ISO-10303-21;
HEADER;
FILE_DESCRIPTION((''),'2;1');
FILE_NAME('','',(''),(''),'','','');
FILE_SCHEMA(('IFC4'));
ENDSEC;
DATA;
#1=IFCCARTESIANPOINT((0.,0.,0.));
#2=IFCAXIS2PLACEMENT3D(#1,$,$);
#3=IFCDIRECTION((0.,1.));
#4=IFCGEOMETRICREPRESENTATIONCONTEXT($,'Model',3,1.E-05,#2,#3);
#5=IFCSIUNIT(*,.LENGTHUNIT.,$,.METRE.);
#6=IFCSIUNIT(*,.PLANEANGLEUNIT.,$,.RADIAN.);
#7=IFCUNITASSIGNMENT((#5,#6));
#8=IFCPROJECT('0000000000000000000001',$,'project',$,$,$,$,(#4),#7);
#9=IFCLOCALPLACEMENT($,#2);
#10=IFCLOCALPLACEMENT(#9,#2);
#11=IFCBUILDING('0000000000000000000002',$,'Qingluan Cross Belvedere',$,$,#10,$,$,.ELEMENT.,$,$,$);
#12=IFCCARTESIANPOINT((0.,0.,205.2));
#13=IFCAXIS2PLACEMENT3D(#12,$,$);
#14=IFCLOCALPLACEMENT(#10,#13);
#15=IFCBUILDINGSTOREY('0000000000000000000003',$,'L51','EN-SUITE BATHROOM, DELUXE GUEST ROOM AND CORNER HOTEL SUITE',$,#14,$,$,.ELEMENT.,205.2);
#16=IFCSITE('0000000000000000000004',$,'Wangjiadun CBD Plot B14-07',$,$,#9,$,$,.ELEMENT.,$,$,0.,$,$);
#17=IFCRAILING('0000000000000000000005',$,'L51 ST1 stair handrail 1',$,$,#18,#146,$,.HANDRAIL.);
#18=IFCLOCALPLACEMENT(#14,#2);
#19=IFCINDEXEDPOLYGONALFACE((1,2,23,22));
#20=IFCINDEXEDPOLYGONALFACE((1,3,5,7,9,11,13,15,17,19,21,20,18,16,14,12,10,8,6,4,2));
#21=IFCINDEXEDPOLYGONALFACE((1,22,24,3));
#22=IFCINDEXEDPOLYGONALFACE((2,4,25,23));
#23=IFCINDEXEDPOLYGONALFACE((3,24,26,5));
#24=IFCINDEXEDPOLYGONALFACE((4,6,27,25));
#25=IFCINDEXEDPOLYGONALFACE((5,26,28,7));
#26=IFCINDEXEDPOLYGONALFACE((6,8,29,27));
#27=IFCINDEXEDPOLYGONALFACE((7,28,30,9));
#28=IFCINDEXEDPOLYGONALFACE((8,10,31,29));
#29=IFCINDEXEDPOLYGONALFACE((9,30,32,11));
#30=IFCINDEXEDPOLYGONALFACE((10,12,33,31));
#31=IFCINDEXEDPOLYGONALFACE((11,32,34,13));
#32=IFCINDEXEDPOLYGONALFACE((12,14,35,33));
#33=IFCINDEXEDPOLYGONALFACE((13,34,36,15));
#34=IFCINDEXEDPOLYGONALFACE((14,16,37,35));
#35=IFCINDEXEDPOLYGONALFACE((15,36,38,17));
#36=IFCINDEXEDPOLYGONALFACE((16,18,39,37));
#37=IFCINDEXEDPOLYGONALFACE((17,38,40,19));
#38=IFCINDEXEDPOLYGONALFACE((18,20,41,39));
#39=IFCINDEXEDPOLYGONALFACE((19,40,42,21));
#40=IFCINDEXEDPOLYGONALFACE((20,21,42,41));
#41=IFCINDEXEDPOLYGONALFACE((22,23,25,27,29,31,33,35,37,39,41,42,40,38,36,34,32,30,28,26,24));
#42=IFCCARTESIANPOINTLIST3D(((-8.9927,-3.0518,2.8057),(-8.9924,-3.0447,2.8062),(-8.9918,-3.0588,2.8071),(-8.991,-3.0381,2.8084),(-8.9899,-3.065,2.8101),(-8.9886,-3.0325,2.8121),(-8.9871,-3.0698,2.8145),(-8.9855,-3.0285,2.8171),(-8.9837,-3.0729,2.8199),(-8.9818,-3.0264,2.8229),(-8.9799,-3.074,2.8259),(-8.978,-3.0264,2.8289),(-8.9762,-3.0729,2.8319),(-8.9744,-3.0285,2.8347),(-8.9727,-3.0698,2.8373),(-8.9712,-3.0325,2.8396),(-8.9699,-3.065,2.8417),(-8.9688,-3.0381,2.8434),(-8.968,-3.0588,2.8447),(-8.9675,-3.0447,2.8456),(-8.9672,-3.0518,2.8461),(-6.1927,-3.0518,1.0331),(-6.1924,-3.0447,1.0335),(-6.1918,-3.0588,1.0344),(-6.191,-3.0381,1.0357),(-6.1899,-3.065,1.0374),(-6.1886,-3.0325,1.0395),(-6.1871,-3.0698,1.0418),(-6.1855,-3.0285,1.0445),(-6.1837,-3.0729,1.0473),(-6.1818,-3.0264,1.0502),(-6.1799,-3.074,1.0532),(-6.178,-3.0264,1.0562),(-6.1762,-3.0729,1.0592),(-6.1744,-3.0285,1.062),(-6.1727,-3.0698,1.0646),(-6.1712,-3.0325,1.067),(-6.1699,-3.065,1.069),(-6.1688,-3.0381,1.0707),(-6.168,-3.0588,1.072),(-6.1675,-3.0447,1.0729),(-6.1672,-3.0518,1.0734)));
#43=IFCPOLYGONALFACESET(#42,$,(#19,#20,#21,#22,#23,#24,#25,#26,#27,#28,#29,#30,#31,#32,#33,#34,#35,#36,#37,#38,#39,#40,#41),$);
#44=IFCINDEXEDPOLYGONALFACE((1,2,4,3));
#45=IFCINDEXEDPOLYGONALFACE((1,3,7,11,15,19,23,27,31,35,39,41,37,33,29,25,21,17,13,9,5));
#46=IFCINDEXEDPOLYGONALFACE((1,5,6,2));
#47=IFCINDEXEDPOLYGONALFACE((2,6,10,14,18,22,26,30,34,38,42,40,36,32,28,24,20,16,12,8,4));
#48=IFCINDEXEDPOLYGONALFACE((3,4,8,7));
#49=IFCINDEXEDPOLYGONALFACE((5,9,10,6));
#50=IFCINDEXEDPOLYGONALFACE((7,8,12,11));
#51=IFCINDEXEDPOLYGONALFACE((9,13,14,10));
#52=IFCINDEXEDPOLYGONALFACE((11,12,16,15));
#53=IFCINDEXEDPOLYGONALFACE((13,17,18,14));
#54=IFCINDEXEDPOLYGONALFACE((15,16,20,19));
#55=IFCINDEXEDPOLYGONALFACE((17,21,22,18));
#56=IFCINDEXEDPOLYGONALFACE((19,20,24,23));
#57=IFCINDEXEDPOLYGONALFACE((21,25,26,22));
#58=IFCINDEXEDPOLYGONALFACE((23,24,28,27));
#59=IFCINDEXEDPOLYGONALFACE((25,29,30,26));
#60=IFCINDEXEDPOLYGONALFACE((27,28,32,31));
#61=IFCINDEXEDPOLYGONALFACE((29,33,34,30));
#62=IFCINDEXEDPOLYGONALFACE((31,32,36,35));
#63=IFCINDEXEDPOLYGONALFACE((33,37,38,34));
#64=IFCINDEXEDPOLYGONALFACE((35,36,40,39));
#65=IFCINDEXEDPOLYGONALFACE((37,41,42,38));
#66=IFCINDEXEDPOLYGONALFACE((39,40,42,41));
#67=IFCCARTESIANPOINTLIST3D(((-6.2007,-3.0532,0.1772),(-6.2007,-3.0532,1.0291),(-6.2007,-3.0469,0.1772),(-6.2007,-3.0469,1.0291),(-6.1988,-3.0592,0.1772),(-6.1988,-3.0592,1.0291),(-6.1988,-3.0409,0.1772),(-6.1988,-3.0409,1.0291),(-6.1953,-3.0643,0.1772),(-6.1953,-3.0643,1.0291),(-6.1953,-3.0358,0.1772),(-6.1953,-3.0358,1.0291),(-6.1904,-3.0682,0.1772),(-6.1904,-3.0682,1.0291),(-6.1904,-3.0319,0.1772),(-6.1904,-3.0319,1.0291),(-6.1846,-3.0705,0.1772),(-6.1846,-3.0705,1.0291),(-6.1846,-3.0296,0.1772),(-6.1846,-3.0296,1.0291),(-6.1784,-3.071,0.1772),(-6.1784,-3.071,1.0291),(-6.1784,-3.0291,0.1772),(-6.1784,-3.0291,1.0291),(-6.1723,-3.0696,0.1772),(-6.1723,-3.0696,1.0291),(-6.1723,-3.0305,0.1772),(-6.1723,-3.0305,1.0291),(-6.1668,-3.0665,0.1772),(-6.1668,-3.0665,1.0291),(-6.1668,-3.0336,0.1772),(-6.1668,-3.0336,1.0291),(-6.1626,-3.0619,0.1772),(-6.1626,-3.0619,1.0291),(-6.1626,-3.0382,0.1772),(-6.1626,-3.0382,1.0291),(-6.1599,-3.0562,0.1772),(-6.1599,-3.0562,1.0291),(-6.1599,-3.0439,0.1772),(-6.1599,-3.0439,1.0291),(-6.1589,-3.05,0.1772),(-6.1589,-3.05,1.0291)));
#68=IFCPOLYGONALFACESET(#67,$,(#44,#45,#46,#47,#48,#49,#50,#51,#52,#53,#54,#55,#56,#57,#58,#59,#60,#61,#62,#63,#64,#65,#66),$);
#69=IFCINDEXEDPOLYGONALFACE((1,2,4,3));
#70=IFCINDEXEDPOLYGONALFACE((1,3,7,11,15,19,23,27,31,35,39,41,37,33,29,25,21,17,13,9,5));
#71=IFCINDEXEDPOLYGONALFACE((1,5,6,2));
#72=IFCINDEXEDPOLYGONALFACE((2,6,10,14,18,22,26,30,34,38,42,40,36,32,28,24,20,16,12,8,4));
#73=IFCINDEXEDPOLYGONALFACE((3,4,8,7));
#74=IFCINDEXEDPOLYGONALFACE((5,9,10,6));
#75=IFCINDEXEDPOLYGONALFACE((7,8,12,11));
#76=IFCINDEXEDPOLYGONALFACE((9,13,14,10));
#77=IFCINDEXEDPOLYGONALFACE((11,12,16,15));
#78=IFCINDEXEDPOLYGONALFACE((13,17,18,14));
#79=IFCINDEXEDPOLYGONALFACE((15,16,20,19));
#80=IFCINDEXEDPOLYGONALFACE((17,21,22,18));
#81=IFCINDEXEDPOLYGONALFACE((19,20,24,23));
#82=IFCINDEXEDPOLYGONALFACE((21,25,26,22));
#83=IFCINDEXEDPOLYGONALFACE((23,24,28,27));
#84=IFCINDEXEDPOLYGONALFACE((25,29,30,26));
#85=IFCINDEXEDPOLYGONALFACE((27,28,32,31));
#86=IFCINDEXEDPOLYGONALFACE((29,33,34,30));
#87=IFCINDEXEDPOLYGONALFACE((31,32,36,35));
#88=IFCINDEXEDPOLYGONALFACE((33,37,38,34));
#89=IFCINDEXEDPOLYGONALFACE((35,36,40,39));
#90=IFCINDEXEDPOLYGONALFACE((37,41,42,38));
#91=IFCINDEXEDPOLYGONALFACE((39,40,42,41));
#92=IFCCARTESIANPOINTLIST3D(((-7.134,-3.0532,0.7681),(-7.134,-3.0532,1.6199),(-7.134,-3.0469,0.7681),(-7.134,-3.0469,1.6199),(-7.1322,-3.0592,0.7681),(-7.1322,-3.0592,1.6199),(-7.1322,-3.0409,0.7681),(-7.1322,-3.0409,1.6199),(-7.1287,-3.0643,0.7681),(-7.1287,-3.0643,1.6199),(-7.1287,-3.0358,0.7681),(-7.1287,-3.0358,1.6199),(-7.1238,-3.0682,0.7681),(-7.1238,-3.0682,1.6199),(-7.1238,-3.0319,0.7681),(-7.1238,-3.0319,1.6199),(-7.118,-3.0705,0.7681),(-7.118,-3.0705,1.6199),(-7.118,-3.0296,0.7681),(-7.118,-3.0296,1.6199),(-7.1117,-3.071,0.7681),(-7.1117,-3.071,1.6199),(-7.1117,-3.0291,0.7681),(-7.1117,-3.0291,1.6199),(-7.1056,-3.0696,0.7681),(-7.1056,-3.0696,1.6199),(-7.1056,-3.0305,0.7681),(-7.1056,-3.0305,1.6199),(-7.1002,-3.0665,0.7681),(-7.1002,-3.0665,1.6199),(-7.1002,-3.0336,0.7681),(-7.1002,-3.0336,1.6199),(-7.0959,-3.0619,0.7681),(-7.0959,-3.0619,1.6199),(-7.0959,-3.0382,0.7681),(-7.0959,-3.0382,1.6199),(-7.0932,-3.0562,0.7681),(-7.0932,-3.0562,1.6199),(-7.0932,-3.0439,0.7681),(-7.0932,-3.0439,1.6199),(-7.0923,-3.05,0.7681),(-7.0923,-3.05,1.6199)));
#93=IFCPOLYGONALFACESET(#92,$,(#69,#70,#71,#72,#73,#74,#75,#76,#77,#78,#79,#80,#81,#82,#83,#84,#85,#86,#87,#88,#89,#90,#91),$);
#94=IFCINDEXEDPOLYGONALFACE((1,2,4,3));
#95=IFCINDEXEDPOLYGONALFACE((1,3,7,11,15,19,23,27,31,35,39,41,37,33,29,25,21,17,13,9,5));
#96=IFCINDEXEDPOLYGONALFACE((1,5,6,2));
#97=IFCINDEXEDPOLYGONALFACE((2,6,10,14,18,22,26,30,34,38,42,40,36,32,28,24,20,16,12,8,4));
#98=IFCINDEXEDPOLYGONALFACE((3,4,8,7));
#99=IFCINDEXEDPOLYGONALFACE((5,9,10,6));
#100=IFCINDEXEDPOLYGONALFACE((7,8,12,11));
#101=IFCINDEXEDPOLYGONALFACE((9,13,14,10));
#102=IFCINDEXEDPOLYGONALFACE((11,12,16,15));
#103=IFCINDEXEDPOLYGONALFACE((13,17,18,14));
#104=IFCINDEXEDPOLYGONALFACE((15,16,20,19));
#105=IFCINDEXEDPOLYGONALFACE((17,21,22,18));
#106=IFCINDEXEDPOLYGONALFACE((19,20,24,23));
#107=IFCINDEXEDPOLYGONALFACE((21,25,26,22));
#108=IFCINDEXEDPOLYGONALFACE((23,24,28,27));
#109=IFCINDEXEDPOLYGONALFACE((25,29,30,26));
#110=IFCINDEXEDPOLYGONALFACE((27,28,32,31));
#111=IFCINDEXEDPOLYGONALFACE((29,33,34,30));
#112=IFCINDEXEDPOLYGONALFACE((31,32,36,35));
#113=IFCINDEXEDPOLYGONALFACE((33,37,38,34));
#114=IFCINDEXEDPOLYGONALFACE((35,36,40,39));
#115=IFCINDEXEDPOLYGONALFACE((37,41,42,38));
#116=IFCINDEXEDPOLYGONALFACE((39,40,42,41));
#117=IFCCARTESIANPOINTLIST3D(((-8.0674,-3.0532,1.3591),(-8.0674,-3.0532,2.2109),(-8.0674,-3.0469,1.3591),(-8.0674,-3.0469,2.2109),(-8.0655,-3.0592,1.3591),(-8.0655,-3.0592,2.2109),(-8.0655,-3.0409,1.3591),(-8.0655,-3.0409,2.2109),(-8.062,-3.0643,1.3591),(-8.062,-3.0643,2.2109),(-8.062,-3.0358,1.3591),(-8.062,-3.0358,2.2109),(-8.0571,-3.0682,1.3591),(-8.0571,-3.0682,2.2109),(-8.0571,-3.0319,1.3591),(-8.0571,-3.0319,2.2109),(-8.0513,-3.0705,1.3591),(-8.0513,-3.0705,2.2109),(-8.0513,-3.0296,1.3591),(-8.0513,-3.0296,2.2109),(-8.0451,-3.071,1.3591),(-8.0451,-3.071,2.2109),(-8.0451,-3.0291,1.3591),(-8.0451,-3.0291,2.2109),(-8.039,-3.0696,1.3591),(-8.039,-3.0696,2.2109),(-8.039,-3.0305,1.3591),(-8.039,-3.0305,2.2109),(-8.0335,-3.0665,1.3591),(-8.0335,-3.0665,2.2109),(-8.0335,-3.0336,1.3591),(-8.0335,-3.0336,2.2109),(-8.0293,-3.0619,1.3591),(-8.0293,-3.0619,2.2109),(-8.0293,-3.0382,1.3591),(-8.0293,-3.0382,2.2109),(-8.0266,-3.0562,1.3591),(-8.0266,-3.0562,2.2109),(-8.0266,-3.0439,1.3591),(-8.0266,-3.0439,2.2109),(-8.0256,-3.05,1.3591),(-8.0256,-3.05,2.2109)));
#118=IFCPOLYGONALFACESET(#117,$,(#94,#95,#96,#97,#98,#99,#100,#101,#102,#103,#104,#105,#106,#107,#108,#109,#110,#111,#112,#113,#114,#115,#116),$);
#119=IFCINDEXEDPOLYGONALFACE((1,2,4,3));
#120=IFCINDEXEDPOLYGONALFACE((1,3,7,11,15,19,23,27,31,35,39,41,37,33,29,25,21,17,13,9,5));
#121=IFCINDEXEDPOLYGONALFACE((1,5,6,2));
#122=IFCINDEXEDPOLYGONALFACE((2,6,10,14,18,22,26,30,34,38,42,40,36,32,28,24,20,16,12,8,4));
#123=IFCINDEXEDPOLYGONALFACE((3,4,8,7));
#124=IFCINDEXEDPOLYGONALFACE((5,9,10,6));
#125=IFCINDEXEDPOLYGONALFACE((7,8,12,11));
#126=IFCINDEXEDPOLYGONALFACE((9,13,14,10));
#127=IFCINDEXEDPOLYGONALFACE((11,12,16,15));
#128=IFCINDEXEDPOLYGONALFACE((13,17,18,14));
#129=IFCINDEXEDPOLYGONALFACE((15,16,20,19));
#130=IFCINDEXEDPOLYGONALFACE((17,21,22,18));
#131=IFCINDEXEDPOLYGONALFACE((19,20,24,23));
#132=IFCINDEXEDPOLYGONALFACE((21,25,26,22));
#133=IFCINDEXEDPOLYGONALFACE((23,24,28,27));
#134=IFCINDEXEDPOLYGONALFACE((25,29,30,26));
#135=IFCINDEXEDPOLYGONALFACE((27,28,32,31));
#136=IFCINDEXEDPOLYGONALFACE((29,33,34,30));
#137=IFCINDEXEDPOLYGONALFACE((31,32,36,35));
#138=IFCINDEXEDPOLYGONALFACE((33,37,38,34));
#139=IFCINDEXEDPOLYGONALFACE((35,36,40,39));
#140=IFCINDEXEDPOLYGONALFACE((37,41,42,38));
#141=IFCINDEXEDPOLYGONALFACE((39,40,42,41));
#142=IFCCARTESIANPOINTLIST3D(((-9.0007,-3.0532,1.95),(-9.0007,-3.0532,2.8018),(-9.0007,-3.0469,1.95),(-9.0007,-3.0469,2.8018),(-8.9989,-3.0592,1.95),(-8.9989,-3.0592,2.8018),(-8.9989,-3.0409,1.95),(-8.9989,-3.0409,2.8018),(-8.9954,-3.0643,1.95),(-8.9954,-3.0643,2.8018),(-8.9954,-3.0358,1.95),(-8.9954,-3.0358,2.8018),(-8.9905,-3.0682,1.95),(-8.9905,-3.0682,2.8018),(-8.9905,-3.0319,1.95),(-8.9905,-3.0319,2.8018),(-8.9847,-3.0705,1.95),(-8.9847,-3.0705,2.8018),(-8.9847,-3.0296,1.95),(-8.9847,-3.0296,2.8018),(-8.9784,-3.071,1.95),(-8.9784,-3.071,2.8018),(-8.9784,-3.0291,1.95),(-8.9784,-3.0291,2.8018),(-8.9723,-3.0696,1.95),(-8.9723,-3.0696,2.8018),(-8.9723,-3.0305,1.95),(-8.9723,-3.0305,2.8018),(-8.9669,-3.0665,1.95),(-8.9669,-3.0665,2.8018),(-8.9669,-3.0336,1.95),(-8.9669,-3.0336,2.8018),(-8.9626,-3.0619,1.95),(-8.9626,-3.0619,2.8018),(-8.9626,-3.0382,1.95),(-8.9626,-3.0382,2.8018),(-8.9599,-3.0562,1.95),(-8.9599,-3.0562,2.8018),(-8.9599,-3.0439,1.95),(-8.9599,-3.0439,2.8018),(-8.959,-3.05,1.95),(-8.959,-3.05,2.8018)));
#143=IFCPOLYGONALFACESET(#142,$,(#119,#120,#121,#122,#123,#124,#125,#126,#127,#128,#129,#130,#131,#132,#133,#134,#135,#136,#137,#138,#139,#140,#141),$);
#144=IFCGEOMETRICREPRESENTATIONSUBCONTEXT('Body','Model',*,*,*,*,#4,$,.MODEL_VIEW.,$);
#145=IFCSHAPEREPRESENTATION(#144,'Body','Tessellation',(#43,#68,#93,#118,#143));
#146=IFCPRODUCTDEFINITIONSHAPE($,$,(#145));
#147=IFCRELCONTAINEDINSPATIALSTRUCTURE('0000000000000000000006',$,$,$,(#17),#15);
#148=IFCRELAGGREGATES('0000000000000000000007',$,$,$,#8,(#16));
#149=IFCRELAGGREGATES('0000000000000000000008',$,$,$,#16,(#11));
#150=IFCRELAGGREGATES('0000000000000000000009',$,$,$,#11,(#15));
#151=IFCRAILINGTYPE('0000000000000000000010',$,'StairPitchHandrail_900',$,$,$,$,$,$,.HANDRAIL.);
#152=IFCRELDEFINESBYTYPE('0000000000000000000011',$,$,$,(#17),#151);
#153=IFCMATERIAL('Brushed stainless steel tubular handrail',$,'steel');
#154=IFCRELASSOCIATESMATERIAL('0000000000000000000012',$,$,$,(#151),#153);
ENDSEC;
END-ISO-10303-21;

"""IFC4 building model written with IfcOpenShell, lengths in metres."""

from ifc_helpers import new_model, si_unit, direction, frame, origin, origin_2d, place, context, subcontext, project, spatial, circle, extrude, material, type_object, element, save


model = new_model("IFC4")

# Units and contexts
model_context = context("Model", 3, precision=1e-05, world=origin(), true_north=direction((0.0, 1.0)))
body_context = subcontext(model_context, "Body", "Model", "MODEL_VIEW")
ifc_project = project(units=[si_unit("LENGTHUNIT", "METRE"), si_unit("PLANEANGLEUNIT", "RADIAN")], contexts=[model_context])

# Site, building, storey
site_placement = place(None, origin())
site = spatial("IfcSite", under=ifc_project, at=site_placement, Name="Wangjiadun CBD Plot B14-07", CompositionType="ELEMENT", RefElevation=0.0)
building_placement = place(site_placement, origin())
building = spatial("IfcBuilding", under=site, at=building_placement, Name="Qingluan Cross Belvedere", CompositionType="ELEMENT")
storey_placement = place(building_placement, frame((0.0, 0.0, 205.2)))
storey = spatial("IfcBuildingStorey", under=building, at=storey_placement, Name="L51", Description="EN-SUITE BATHROOM, DELUXE GUEST ROOM AND CORNER HOTEL SUITE", CompositionType="ELEMENT", Elevation=205.2)

# Railing
ifc_material_1 = material(Name="Brushed stainless steel tubular handrail", Category="steel")
railing_type_1 = type_object("IfcRailingType", Name="StairPitchHandrail_900", PredefinedType="HANDRAIL", material=ifc_material_1)
railing_1_placement = place(storey_placement, frame((-6.1799, -3.05, 0.1772)))
element("IfcRailing", 1, at=railing_1_placement, inside=storey, type_object=railing_type_1, Name="L51 ST1 stair handrail 1", PredefinedType="HANDRAIL", context=body_context, shape_type="SweptSolid", body=[
    extrude(circle(Radius=0.0239, at=origin_2d()), frame((0.0, 0.0, 0.876), z_axis=(-0.844909, 0.0, 0.53491), x_axis=(0.0, -1.0, 0.0)), (0.0, 0.0, 1.0), 3.314),
    extrude(circle(Radius=0.021, at=origin_2d()), origin(), (0.0, 0.0, 1.0), 0.8518),
    extrude(circle(Radius=0.021, at=origin_2d()), frame((-0.9333, 0.0, 0.5908)), (0.0, 0.0, 1.0), 0.8518),
    extrude(circle(Radius=0.021, at=origin_2d()), frame((-1.8667, 0.0, 1.1819)), (0.0, 0.0, 1.0), 0.8518),
    extrude(circle(Radius=0.021, at=origin_2d()), frame((-2.8, 0.0, 1.7727)), (0.0, 0.0, 1.0), 0.8518),
])

save(model, "model.ifc")
